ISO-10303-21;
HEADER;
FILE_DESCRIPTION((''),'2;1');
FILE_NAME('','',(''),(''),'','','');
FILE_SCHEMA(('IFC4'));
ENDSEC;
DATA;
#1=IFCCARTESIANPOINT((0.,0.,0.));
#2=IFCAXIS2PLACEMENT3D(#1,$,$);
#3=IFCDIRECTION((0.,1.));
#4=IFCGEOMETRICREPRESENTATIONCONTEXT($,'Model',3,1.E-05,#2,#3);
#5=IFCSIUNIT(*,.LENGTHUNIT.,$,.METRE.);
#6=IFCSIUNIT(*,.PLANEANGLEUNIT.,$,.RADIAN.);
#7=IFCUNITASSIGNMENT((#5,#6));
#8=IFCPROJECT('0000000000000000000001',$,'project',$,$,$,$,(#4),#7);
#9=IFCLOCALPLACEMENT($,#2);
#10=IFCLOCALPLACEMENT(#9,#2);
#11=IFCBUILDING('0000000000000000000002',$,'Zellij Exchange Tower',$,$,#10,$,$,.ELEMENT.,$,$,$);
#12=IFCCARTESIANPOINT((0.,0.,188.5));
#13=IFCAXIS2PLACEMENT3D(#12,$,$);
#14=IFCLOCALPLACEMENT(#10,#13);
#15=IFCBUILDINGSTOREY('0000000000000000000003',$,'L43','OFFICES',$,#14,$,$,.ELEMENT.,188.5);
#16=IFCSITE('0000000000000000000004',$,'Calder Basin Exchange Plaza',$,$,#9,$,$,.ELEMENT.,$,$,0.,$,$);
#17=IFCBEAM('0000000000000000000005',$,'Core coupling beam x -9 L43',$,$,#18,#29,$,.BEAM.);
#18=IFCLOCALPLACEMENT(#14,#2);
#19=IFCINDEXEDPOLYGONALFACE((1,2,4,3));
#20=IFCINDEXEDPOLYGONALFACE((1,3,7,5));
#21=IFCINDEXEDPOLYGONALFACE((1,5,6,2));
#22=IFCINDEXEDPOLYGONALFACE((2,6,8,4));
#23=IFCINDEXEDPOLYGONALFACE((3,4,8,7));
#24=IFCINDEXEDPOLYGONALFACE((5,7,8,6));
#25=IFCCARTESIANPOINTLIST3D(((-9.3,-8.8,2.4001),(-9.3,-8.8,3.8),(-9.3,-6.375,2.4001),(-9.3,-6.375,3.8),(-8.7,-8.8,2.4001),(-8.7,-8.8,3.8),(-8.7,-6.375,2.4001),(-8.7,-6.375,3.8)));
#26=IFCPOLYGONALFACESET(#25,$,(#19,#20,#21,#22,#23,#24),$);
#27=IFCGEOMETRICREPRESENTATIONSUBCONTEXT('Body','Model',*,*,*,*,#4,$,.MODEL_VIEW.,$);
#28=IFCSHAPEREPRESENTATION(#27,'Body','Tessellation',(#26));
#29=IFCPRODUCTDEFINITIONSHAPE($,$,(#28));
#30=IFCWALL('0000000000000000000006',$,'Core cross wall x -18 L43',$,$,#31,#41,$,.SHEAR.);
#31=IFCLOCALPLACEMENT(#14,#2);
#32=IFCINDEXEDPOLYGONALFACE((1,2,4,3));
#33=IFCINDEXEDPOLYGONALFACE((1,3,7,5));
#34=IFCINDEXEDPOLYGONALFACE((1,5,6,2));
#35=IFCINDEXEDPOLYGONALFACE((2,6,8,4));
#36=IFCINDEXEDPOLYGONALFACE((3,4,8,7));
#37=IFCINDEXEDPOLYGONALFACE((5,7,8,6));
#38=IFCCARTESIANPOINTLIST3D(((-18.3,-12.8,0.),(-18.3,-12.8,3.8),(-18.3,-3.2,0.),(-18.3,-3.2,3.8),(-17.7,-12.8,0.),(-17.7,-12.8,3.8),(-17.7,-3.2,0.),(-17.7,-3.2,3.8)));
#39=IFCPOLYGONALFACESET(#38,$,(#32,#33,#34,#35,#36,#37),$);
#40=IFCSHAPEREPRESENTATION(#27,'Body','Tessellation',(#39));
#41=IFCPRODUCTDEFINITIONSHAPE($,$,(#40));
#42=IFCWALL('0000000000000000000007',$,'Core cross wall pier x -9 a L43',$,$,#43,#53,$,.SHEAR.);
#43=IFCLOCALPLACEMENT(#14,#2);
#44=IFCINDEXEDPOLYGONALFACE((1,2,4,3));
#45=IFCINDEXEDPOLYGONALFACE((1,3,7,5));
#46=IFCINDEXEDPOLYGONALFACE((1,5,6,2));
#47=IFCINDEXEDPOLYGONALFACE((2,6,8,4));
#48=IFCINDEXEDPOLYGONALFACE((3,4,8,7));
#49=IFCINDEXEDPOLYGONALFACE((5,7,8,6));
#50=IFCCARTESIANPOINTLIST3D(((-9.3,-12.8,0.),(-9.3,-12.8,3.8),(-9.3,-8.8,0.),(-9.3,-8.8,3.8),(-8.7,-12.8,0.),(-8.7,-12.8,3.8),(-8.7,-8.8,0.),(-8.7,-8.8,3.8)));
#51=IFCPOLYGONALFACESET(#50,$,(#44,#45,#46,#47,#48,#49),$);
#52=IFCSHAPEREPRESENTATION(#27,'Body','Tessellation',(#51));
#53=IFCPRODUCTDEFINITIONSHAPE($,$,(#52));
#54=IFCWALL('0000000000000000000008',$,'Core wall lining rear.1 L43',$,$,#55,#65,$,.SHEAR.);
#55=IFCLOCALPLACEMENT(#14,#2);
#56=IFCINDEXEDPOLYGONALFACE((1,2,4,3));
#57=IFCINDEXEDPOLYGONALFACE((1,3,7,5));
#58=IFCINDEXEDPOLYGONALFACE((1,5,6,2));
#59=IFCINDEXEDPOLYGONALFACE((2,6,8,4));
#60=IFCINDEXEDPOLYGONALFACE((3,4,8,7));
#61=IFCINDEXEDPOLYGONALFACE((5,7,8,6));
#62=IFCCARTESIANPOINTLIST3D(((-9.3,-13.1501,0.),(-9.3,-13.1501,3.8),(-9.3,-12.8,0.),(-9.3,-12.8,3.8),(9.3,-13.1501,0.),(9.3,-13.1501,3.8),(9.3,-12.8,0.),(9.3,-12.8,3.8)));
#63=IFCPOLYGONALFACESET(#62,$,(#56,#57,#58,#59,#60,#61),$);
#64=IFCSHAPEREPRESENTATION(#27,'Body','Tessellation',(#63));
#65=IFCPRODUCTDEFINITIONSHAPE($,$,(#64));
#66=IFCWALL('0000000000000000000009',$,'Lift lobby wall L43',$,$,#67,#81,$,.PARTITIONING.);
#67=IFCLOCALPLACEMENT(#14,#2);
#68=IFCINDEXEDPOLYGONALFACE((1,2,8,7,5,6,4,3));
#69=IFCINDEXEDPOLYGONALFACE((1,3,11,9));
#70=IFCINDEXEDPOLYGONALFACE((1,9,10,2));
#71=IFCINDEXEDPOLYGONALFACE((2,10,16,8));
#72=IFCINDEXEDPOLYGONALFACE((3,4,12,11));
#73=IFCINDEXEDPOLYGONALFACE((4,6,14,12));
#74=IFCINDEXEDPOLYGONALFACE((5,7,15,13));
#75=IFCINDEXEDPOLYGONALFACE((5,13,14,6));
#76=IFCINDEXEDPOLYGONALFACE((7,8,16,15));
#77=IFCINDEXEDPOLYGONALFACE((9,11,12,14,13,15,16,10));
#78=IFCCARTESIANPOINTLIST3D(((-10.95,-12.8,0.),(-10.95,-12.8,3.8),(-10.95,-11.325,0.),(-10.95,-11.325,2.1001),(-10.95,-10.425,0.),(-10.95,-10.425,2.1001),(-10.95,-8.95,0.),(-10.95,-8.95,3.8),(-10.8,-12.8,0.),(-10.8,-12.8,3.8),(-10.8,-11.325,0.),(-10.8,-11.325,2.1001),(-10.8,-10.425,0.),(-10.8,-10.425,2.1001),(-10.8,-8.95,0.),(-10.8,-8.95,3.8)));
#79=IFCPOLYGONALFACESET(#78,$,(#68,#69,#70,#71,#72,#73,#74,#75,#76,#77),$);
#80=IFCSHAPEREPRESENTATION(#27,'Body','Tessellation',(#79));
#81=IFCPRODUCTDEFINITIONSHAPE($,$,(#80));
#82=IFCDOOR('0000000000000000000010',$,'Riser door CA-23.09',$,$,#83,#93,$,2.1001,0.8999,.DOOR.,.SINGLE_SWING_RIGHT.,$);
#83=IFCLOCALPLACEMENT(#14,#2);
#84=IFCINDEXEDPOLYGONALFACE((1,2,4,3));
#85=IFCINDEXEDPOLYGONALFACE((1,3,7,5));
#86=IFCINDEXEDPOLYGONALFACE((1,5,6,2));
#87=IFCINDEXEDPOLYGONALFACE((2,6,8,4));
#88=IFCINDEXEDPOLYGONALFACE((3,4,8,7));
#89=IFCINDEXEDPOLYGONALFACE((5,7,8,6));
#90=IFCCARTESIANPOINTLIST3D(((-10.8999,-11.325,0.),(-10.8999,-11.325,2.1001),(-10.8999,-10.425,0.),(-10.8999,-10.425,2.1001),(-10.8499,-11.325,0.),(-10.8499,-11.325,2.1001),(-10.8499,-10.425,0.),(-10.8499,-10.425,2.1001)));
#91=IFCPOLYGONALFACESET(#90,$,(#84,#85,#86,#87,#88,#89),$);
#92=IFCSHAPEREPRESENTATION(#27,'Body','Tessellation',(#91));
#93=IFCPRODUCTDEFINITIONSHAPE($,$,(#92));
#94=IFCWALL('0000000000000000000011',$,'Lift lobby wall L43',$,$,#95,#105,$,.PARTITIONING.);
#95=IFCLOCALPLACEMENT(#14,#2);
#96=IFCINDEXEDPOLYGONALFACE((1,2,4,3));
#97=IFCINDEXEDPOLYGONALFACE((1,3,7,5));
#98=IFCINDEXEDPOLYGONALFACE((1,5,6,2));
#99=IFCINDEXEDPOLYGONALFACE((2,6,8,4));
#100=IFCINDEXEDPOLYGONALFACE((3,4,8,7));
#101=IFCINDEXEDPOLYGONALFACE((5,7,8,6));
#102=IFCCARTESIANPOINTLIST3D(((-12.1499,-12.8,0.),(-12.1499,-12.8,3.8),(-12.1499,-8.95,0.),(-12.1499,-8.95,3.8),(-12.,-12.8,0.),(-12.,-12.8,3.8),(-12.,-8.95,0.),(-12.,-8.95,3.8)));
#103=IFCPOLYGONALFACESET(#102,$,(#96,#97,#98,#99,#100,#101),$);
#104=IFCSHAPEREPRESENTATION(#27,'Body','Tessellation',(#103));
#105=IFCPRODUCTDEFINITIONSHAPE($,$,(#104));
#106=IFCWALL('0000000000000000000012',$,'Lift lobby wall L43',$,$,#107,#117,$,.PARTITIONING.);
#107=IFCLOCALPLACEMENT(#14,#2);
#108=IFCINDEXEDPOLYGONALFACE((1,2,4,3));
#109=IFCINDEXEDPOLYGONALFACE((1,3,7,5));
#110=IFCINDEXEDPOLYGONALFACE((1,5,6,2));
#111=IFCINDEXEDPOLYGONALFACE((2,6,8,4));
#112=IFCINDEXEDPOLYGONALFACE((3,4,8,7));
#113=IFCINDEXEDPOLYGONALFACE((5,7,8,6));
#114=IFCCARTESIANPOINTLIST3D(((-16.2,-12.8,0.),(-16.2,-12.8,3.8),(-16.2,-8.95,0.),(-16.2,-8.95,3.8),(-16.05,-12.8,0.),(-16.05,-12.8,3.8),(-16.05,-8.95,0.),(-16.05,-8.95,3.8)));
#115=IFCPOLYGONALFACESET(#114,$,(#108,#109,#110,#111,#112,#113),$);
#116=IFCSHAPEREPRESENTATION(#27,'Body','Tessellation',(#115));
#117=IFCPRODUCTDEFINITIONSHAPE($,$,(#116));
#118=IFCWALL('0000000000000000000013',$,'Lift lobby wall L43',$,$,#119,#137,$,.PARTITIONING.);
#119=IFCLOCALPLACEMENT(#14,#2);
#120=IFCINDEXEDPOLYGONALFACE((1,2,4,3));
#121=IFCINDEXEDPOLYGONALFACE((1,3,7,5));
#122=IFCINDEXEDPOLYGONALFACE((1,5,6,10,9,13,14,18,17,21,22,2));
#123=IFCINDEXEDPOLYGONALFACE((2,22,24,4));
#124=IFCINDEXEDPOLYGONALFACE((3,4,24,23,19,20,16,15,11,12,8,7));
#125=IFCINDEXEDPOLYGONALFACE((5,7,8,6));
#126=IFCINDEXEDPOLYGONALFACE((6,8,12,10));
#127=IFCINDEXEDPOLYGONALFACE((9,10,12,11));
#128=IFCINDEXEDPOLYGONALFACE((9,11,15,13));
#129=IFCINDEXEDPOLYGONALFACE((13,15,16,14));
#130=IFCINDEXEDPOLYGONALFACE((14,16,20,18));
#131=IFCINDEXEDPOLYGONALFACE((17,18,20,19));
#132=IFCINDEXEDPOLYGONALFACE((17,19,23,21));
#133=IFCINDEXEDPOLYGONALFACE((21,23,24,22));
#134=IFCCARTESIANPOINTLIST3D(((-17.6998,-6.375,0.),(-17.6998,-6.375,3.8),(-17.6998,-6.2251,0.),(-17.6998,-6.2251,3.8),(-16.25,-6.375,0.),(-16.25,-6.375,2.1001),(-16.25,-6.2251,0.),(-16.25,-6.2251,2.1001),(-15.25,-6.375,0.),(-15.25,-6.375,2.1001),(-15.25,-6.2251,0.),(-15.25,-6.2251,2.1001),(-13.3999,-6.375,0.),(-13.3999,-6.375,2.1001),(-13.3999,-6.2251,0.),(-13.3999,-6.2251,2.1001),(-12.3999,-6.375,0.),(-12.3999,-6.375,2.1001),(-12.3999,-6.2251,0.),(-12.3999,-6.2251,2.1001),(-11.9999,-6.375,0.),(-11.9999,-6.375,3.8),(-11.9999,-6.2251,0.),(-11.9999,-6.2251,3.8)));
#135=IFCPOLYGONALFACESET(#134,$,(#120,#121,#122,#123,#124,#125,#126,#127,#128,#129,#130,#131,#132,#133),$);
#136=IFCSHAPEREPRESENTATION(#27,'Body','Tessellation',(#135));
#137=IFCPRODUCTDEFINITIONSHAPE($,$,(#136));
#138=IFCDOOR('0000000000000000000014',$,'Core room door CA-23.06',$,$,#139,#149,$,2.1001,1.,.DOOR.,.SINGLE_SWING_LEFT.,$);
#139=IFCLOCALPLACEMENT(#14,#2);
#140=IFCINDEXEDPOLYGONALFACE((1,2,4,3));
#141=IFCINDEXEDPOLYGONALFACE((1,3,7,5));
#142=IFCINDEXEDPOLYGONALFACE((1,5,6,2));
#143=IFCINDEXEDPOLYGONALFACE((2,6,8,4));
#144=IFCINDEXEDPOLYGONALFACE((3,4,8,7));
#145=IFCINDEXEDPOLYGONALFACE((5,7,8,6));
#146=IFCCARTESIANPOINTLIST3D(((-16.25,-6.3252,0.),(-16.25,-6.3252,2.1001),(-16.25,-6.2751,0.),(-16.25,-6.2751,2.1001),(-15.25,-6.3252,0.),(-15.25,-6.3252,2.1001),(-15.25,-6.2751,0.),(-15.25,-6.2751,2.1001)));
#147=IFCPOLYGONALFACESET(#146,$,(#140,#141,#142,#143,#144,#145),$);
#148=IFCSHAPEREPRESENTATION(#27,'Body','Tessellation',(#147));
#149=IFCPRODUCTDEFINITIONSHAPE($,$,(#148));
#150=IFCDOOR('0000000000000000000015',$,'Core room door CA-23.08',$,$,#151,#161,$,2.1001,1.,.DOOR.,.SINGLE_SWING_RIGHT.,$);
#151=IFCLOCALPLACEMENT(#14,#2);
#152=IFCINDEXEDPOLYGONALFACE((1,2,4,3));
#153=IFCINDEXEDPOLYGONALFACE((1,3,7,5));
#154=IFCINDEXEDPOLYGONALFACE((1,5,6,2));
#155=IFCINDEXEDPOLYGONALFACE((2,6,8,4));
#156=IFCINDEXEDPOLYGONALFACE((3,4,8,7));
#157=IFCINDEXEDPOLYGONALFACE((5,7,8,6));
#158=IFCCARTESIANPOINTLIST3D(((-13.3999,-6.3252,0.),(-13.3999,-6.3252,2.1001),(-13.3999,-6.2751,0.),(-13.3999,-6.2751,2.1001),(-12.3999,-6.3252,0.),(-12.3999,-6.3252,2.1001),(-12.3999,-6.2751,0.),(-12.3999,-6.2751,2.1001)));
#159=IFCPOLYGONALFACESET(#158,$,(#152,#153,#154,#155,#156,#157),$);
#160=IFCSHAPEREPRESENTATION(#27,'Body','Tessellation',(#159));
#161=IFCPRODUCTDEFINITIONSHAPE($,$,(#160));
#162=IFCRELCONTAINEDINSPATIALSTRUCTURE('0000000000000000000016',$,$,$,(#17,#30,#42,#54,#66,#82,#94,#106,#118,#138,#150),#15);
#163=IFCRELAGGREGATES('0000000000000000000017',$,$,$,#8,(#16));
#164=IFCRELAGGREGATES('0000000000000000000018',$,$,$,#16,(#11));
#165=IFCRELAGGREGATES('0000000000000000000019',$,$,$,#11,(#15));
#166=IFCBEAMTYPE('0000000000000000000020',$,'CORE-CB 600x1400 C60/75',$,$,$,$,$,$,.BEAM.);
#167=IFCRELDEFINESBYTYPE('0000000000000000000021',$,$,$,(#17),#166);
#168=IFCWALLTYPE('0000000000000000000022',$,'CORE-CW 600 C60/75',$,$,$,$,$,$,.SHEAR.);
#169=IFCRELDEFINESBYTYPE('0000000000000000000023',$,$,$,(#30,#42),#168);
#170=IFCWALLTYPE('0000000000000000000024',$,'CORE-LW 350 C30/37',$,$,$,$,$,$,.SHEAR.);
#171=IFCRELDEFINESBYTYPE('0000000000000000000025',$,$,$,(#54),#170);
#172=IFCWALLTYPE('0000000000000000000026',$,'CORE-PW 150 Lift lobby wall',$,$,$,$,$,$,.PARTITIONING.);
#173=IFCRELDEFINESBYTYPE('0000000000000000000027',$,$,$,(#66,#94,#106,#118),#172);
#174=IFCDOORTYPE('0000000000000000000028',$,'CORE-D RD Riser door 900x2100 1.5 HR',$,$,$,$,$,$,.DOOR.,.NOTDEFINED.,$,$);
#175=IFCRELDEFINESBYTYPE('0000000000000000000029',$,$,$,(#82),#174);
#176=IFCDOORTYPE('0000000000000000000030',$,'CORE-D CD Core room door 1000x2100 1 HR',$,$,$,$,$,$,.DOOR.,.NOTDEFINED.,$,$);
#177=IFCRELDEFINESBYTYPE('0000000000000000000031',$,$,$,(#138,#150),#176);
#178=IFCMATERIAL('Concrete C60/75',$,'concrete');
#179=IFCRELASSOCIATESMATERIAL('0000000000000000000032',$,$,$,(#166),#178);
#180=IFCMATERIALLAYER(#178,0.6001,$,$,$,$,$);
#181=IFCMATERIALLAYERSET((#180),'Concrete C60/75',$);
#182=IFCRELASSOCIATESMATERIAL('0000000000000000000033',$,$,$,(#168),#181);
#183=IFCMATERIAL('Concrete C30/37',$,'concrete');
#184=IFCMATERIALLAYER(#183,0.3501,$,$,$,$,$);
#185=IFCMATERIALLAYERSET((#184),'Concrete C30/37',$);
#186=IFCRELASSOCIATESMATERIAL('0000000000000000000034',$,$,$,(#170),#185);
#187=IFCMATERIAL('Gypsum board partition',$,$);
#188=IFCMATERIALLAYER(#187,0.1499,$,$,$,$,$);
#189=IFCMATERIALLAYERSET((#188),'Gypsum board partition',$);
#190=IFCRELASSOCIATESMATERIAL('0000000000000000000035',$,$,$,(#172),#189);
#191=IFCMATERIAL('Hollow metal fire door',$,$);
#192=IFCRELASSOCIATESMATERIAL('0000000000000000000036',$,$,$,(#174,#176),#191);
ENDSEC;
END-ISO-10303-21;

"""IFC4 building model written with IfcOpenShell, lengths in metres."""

from ifc_helpers import new_model, si_unit, direction, frame, frame_2d, origin, origin_2d, place, context, subcontext, project, spatial, rectangle, extrude, material, layer, layer_set, material_profile, profile_set, type_object, element, fill, save


model = new_model("IFC4")

# Units and contexts
model_context = context("Model", 3, precision=1e-05, world=origin(), true_north=direction((0.0, 1.0)))
body_context = subcontext(model_context, "Body", "Model", "MODEL_VIEW")
ifc_project = project(units=[si_unit("LENGTHUNIT", "METRE"), si_unit("PLANEANGLEUNIT", "RADIAN")], contexts=[model_context])

# Site, building, storey
site_placement = place(None, origin())
site = spatial("IfcSite", under=ifc_project, at=site_placement, Name="Calder Basin Exchange Plaza", CompositionType="ELEMENT", RefElevation=0.0)
building_placement = place(site_placement, origin())
building = spatial("IfcBuilding", under=site, at=building_placement, Name="Zellij Exchange Tower", CompositionType="ELEMENT")
storey_placement = place(building_placement, frame((0.0, 0.0, 188.5)))
storey = spatial("IfcBuildingStorey", under=building, at=storey_placement, Name="L43", Description="OFFICES", CompositionType="ELEMENT", Elevation=188.5)

# Beam
ifc_material_1 = material(Name="Concrete C60/75", Category="concrete")
ifc_material_profile = material_profile(ifc_material_1, rectangle(XDim=0.6001, YDim=1.3999, at=origin_2d()), Name="CORE-CB 600x1400 C60/75")
ifc_profile_set = profile_set([ifc_material_profile], Name="Concrete C60/75")
beam_type = type_object("IfcBeamType", Name="CORE-CB 600x1400 C60/75", PredefinedType="BEAM", material=ifc_profile_set)
beam_placement = place(storey_placement, frame((-9.0, -8.8, 3.1001), z_axis=(0.0, 1.0, 0.0), x_axis=(-1.0, 0.0, 0.0)))
element("IfcBeam", 1, at=beam_placement, inside=storey, type_object=beam_type, Name="Core coupling beam x -9 L43", PredefinedType="BEAM", context=body_context, shape_type="SweptSolid", body=[
    extrude(rectangle(XDim=0.6001, YDim=1.3999, at=origin_2d()), origin(), (0.0, 0.0, 1.0), 2.425),
])

# Walls
ifc_layer_1 = layer(ifc_material_1, 0.6001)
ifc_layer_set_1 = layer_set([ifc_layer_1], Name="Concrete C60/75")
wall_type_1 = type_object("IfcWallType", Name="CORE-CW 600 C60/75", PredefinedType="SHEAR", material=ifc_layer_set_1)
wall_1_placement = place(storey_placement, frame((-18.0, -12.8, 0.0), z_axis=(0.0, 0.0, 1.0), x_axis=(0.0, 1.0, 0.0)))
element("IfcWall", 2, at=wall_1_placement, inside=storey, type_object=wall_type_1, Name="Core cross wall x -18 L43", PredefinedType="SHEAR", context=body_context, shape_type="SweptSolid", body=[
    extrude(rectangle(XDim=9.6001, YDim=0.6001, at=frame_2d((4.8, 0.0))), origin(), (0.0, 0.0, 1.0), 3.8),
])
wall_2_placement = place(storey_placement, frame((-9.0, -12.8, 0.0), z_axis=(0.0, 0.0, 1.0), x_axis=(0.0, 1.0, 0.0)))
element("IfcWall", 3, at=wall_2_placement, inside=storey, type_object=wall_type_1, Name="Core cross wall pier x -9 a L43", PredefinedType="SHEAR", context=body_context, shape_type="SweptSolid", body=[
    extrude(rectangle(XDim=4.0, YDim=0.6001, at=frame_2d((2.0, 0.0))), origin(), (0.0, 0.0, 1.0), 3.8),
])
ifc_material_2 = material(Name="Concrete C30/37", Category="concrete")
ifc_layer_2 = layer(ifc_material_2, 0.3501)
ifc_layer_set_2 = layer_set([ifc_layer_2], Name="Concrete C30/37")
wall_type_2 = type_object("IfcWallType", Name="CORE-LW 350 C30/37", PredefinedType="SHEAR", material=ifc_layer_set_2)
wall_3_placement = place(storey_placement, frame((-9.3, -12.9751, 0.0), z_axis=(0.0, 0.0, 1.0), x_axis=(1.0, 0.0, 0.0)))
element("IfcWall", 4, at=wall_3_placement, inside=storey, type_object=wall_type_2, Name="Core wall lining rear.1 L43", PredefinedType="SHEAR", context=body_context, shape_type="SweptSolid", body=[
    extrude(rectangle(XDim=18.6001, YDim=0.3501, at=frame_2d((9.3, 0.0))), origin(), (0.0, 0.0, 1.0), 3.8),
])

# Wall, opening, door
ifc_material_3 = material(Name="Gypsum board partition")
ifc_layer_3 = layer(ifc_material_3, 0.1499)
ifc_layer_set_3 = layer_set([ifc_layer_3], Name="Gypsum board partition")
wall_type_3 = type_object("IfcWallType", Name="CORE-PW 150 Lift lobby wall", PredefinedType="PARTITIONING", material=ifc_layer_set_3)
wall_4_placement = place(storey_placement, frame((-10.875, -12.8, 0.0), z_axis=(0.0, 0.0, 1.0), x_axis=(0.0, 1.0, 0.0)))
wall_4 = element("IfcWall", 5, at=wall_4_placement, inside=storey, type_object=wall_type_3, Name="Lift lobby wall L43", PredefinedType="PARTITIONING", context=body_context, shape_type="SweptSolid", body=[
    extrude(rectangle(XDim=3.8501, YDim=0.1499, at=frame_2d((1.925, 0.0))), origin(), (0.0, 0.0, 1.0), 3.8),
])
opening_1_placement = place(wall_4_placement, frame((1.4751, 0.0, 0.0)))
opening_1 = element("IfcOpeningElement", 6, at=opening_1_placement, cuts=wall_4, PredefinedType="OPENING", context=body_context, shape_type="SweptSolid", body=[
    extrude(rectangle(XDim=0.8999, YDim=2.1001, at=frame_2d((0.45, 1.05))), frame((0.0, 0.0869, 0.0), z_axis=(0.0, -1.0, 0.0), x_axis=(1.0, 0.0, 0.0)), (0.0, 0.0, 1.0), 0.1738),
])
ifc_material_4 = material(Name="Hollow metal fire door")
door_type_1 = type_object("IfcDoorType", Name="CORE-D RD Riser door 900x2100 1.5 HR", OperationType="NOTDEFINED", PredefinedType="DOOR", material=ifc_material_4)
door_1_placement = place(opening_1_placement, origin())
door_1 = element("IfcDoor", 7, at=door_1_placement, inside=storey, type_object=door_type_1, Name="Riser door CA-23.09", OperationType="SINGLE_SWING_RIGHT", OverallHeight=2.1001, OverallWidth=0.8999, PredefinedType="DOOR", context=body_context, shape_type="SweptSolid", body=[
    extrude(rectangle(XDim=0.8999, YDim=2.1001, at=frame_2d((0.45, 1.05))), frame((0.0, 0.0249, 0.0), z_axis=(0.0, -1.0, 0.0), x_axis=(1.0, 0.0, 0.0)), (0.0, 0.0, 1.0), 0.05),
])
fill(opening_1, door_1)

# Walls
for number, where, z_axis, x_axis, name in (
    (8, (-12.075, -12.8, 0.0), (0.0, 0.0, 1.0), (0.0, 1.0, 0.0), "Lift lobby wall L43"),
    (9, (-16.125, -12.8, 0.0), (0.0, 0.0, 1.0), (0.0, 1.0, 0.0), "Lift lobby wall L43"),
):
    element("IfcWall", number, at=place(storey_placement, frame(where, z_axis=z_axis, x_axis=x_axis)), inside=storey, type_object=wall_type_3, Name=name, PredefinedType="PARTITIONING", context=body_context, shape_type="SweptSolid", body=[
        extrude(rectangle(XDim=3.8501, YDim=0.1499, at=frame_2d((1.925, 0.0))), origin(), (0.0, 0.0, 1.0), 3.8),
    ])

# Wall, openings, doors
wall_5_placement = place(storey_placement, frame((-17.7, -6.3, 0.0), z_axis=(0.0, 0.0, 1.0), x_axis=(1.0, 0.0, 0.0)))
wall_5 = element("IfcWall", 10, at=wall_5_placement, inside=storey, type_object=wall_type_3, Name="Lift lobby wall L43", PredefinedType="PARTITIONING", context=body_context, shape_type="SweptSolid", body=[
    extrude(rectangle(XDim=5.7, YDim=0.1499, at=frame_2d((2.8501, 0.0))), origin(), (0.0, 0.0, 1.0), 3.8),
])
opening_2_placement = place(wall_5_placement, frame((1.45, 0.0, 0.0)))
opening_2 = element("IfcOpeningElement", 11, at=opening_2_placement, cuts=wall_5, PredefinedType="OPENING", context=body_context, shape_type="SweptSolid", body=[
    extrude(rectangle(XDim=1.0, YDim=2.1001, at=frame_2d((0.5, 1.05))), frame((0.0, 0.0869, 0.0), z_axis=(0.0, -1.0, 0.0), x_axis=(1.0, 0.0, 0.0)), (0.0, 0.0, 1.0), 0.1738),
])
opening_3_placement = place(wall_5_placement, frame((4.3, 0.0, 0.0)))
opening_3 = element("IfcOpeningElement", 12, at=opening_3_placement, cuts=wall_5, PredefinedType="OPENING", context=body_context, shape_type="SweptSolid", body=[
    extrude(rectangle(XDim=1.0, YDim=2.1001, at=frame_2d((0.5, 1.05))), frame((0.0, 0.0869, 0.0), z_axis=(0.0, -1.0, 0.0), x_axis=(1.0, 0.0, 0.0)), (0.0, 0.0, 1.0), 0.1738),
])
door_type_2 = type_object("IfcDoorType", Name="CORE-D CD Core room door 1000x2100 1 HR", OperationType="NOTDEFINED", PredefinedType="DOOR", material=ifc_material_4)
door_2_placement = place(opening_2_placement, origin())
door_2 = element("IfcDoor", 13, at=door_2_placement, inside=storey, type_object=door_type_2, Name="Core room door CA-23.06", OperationType="SINGLE_SWING_LEFT", OverallHeight=2.1001, OverallWidth=1.0, PredefinedType="DOOR", context=body_context, shape_type="SweptSolid", body=[
    extrude(rectangle(XDim=1.0, YDim=2.1001, at=frame_2d((0.5, 1.05))), frame((0.0, 0.0249, 0.0), z_axis=(0.0, -1.0, 0.0), x_axis=(1.0, 0.0, 0.0)), (0.0, 0.0, 1.0), 0.05),
])
fill(opening_2, door_2)
door_3_placement = place(opening_3_placement, origin())
door_3 = element("IfcDoor", 14, at=door_3_placement, inside=storey, type_object=door_type_2, Name="Core room door CA-23.08", OperationType="SINGLE_SWING_RIGHT", OverallHeight=2.1001, OverallWidth=1.0, PredefinedType="DOOR", context=body_context, shape_type="SweptSolid", body=[
    extrude(rectangle(XDim=1.0, YDim=2.1001, at=frame_2d((0.5, 1.05))), frame((0.0, 0.0249, 0.0), z_axis=(0.0, -1.0, 0.0), x_axis=(1.0, 0.0, 0.0)), (0.0, 0.0, 1.0), 0.05),
])
fill(opening_3, door_3)

save(model, "model.ifc")
